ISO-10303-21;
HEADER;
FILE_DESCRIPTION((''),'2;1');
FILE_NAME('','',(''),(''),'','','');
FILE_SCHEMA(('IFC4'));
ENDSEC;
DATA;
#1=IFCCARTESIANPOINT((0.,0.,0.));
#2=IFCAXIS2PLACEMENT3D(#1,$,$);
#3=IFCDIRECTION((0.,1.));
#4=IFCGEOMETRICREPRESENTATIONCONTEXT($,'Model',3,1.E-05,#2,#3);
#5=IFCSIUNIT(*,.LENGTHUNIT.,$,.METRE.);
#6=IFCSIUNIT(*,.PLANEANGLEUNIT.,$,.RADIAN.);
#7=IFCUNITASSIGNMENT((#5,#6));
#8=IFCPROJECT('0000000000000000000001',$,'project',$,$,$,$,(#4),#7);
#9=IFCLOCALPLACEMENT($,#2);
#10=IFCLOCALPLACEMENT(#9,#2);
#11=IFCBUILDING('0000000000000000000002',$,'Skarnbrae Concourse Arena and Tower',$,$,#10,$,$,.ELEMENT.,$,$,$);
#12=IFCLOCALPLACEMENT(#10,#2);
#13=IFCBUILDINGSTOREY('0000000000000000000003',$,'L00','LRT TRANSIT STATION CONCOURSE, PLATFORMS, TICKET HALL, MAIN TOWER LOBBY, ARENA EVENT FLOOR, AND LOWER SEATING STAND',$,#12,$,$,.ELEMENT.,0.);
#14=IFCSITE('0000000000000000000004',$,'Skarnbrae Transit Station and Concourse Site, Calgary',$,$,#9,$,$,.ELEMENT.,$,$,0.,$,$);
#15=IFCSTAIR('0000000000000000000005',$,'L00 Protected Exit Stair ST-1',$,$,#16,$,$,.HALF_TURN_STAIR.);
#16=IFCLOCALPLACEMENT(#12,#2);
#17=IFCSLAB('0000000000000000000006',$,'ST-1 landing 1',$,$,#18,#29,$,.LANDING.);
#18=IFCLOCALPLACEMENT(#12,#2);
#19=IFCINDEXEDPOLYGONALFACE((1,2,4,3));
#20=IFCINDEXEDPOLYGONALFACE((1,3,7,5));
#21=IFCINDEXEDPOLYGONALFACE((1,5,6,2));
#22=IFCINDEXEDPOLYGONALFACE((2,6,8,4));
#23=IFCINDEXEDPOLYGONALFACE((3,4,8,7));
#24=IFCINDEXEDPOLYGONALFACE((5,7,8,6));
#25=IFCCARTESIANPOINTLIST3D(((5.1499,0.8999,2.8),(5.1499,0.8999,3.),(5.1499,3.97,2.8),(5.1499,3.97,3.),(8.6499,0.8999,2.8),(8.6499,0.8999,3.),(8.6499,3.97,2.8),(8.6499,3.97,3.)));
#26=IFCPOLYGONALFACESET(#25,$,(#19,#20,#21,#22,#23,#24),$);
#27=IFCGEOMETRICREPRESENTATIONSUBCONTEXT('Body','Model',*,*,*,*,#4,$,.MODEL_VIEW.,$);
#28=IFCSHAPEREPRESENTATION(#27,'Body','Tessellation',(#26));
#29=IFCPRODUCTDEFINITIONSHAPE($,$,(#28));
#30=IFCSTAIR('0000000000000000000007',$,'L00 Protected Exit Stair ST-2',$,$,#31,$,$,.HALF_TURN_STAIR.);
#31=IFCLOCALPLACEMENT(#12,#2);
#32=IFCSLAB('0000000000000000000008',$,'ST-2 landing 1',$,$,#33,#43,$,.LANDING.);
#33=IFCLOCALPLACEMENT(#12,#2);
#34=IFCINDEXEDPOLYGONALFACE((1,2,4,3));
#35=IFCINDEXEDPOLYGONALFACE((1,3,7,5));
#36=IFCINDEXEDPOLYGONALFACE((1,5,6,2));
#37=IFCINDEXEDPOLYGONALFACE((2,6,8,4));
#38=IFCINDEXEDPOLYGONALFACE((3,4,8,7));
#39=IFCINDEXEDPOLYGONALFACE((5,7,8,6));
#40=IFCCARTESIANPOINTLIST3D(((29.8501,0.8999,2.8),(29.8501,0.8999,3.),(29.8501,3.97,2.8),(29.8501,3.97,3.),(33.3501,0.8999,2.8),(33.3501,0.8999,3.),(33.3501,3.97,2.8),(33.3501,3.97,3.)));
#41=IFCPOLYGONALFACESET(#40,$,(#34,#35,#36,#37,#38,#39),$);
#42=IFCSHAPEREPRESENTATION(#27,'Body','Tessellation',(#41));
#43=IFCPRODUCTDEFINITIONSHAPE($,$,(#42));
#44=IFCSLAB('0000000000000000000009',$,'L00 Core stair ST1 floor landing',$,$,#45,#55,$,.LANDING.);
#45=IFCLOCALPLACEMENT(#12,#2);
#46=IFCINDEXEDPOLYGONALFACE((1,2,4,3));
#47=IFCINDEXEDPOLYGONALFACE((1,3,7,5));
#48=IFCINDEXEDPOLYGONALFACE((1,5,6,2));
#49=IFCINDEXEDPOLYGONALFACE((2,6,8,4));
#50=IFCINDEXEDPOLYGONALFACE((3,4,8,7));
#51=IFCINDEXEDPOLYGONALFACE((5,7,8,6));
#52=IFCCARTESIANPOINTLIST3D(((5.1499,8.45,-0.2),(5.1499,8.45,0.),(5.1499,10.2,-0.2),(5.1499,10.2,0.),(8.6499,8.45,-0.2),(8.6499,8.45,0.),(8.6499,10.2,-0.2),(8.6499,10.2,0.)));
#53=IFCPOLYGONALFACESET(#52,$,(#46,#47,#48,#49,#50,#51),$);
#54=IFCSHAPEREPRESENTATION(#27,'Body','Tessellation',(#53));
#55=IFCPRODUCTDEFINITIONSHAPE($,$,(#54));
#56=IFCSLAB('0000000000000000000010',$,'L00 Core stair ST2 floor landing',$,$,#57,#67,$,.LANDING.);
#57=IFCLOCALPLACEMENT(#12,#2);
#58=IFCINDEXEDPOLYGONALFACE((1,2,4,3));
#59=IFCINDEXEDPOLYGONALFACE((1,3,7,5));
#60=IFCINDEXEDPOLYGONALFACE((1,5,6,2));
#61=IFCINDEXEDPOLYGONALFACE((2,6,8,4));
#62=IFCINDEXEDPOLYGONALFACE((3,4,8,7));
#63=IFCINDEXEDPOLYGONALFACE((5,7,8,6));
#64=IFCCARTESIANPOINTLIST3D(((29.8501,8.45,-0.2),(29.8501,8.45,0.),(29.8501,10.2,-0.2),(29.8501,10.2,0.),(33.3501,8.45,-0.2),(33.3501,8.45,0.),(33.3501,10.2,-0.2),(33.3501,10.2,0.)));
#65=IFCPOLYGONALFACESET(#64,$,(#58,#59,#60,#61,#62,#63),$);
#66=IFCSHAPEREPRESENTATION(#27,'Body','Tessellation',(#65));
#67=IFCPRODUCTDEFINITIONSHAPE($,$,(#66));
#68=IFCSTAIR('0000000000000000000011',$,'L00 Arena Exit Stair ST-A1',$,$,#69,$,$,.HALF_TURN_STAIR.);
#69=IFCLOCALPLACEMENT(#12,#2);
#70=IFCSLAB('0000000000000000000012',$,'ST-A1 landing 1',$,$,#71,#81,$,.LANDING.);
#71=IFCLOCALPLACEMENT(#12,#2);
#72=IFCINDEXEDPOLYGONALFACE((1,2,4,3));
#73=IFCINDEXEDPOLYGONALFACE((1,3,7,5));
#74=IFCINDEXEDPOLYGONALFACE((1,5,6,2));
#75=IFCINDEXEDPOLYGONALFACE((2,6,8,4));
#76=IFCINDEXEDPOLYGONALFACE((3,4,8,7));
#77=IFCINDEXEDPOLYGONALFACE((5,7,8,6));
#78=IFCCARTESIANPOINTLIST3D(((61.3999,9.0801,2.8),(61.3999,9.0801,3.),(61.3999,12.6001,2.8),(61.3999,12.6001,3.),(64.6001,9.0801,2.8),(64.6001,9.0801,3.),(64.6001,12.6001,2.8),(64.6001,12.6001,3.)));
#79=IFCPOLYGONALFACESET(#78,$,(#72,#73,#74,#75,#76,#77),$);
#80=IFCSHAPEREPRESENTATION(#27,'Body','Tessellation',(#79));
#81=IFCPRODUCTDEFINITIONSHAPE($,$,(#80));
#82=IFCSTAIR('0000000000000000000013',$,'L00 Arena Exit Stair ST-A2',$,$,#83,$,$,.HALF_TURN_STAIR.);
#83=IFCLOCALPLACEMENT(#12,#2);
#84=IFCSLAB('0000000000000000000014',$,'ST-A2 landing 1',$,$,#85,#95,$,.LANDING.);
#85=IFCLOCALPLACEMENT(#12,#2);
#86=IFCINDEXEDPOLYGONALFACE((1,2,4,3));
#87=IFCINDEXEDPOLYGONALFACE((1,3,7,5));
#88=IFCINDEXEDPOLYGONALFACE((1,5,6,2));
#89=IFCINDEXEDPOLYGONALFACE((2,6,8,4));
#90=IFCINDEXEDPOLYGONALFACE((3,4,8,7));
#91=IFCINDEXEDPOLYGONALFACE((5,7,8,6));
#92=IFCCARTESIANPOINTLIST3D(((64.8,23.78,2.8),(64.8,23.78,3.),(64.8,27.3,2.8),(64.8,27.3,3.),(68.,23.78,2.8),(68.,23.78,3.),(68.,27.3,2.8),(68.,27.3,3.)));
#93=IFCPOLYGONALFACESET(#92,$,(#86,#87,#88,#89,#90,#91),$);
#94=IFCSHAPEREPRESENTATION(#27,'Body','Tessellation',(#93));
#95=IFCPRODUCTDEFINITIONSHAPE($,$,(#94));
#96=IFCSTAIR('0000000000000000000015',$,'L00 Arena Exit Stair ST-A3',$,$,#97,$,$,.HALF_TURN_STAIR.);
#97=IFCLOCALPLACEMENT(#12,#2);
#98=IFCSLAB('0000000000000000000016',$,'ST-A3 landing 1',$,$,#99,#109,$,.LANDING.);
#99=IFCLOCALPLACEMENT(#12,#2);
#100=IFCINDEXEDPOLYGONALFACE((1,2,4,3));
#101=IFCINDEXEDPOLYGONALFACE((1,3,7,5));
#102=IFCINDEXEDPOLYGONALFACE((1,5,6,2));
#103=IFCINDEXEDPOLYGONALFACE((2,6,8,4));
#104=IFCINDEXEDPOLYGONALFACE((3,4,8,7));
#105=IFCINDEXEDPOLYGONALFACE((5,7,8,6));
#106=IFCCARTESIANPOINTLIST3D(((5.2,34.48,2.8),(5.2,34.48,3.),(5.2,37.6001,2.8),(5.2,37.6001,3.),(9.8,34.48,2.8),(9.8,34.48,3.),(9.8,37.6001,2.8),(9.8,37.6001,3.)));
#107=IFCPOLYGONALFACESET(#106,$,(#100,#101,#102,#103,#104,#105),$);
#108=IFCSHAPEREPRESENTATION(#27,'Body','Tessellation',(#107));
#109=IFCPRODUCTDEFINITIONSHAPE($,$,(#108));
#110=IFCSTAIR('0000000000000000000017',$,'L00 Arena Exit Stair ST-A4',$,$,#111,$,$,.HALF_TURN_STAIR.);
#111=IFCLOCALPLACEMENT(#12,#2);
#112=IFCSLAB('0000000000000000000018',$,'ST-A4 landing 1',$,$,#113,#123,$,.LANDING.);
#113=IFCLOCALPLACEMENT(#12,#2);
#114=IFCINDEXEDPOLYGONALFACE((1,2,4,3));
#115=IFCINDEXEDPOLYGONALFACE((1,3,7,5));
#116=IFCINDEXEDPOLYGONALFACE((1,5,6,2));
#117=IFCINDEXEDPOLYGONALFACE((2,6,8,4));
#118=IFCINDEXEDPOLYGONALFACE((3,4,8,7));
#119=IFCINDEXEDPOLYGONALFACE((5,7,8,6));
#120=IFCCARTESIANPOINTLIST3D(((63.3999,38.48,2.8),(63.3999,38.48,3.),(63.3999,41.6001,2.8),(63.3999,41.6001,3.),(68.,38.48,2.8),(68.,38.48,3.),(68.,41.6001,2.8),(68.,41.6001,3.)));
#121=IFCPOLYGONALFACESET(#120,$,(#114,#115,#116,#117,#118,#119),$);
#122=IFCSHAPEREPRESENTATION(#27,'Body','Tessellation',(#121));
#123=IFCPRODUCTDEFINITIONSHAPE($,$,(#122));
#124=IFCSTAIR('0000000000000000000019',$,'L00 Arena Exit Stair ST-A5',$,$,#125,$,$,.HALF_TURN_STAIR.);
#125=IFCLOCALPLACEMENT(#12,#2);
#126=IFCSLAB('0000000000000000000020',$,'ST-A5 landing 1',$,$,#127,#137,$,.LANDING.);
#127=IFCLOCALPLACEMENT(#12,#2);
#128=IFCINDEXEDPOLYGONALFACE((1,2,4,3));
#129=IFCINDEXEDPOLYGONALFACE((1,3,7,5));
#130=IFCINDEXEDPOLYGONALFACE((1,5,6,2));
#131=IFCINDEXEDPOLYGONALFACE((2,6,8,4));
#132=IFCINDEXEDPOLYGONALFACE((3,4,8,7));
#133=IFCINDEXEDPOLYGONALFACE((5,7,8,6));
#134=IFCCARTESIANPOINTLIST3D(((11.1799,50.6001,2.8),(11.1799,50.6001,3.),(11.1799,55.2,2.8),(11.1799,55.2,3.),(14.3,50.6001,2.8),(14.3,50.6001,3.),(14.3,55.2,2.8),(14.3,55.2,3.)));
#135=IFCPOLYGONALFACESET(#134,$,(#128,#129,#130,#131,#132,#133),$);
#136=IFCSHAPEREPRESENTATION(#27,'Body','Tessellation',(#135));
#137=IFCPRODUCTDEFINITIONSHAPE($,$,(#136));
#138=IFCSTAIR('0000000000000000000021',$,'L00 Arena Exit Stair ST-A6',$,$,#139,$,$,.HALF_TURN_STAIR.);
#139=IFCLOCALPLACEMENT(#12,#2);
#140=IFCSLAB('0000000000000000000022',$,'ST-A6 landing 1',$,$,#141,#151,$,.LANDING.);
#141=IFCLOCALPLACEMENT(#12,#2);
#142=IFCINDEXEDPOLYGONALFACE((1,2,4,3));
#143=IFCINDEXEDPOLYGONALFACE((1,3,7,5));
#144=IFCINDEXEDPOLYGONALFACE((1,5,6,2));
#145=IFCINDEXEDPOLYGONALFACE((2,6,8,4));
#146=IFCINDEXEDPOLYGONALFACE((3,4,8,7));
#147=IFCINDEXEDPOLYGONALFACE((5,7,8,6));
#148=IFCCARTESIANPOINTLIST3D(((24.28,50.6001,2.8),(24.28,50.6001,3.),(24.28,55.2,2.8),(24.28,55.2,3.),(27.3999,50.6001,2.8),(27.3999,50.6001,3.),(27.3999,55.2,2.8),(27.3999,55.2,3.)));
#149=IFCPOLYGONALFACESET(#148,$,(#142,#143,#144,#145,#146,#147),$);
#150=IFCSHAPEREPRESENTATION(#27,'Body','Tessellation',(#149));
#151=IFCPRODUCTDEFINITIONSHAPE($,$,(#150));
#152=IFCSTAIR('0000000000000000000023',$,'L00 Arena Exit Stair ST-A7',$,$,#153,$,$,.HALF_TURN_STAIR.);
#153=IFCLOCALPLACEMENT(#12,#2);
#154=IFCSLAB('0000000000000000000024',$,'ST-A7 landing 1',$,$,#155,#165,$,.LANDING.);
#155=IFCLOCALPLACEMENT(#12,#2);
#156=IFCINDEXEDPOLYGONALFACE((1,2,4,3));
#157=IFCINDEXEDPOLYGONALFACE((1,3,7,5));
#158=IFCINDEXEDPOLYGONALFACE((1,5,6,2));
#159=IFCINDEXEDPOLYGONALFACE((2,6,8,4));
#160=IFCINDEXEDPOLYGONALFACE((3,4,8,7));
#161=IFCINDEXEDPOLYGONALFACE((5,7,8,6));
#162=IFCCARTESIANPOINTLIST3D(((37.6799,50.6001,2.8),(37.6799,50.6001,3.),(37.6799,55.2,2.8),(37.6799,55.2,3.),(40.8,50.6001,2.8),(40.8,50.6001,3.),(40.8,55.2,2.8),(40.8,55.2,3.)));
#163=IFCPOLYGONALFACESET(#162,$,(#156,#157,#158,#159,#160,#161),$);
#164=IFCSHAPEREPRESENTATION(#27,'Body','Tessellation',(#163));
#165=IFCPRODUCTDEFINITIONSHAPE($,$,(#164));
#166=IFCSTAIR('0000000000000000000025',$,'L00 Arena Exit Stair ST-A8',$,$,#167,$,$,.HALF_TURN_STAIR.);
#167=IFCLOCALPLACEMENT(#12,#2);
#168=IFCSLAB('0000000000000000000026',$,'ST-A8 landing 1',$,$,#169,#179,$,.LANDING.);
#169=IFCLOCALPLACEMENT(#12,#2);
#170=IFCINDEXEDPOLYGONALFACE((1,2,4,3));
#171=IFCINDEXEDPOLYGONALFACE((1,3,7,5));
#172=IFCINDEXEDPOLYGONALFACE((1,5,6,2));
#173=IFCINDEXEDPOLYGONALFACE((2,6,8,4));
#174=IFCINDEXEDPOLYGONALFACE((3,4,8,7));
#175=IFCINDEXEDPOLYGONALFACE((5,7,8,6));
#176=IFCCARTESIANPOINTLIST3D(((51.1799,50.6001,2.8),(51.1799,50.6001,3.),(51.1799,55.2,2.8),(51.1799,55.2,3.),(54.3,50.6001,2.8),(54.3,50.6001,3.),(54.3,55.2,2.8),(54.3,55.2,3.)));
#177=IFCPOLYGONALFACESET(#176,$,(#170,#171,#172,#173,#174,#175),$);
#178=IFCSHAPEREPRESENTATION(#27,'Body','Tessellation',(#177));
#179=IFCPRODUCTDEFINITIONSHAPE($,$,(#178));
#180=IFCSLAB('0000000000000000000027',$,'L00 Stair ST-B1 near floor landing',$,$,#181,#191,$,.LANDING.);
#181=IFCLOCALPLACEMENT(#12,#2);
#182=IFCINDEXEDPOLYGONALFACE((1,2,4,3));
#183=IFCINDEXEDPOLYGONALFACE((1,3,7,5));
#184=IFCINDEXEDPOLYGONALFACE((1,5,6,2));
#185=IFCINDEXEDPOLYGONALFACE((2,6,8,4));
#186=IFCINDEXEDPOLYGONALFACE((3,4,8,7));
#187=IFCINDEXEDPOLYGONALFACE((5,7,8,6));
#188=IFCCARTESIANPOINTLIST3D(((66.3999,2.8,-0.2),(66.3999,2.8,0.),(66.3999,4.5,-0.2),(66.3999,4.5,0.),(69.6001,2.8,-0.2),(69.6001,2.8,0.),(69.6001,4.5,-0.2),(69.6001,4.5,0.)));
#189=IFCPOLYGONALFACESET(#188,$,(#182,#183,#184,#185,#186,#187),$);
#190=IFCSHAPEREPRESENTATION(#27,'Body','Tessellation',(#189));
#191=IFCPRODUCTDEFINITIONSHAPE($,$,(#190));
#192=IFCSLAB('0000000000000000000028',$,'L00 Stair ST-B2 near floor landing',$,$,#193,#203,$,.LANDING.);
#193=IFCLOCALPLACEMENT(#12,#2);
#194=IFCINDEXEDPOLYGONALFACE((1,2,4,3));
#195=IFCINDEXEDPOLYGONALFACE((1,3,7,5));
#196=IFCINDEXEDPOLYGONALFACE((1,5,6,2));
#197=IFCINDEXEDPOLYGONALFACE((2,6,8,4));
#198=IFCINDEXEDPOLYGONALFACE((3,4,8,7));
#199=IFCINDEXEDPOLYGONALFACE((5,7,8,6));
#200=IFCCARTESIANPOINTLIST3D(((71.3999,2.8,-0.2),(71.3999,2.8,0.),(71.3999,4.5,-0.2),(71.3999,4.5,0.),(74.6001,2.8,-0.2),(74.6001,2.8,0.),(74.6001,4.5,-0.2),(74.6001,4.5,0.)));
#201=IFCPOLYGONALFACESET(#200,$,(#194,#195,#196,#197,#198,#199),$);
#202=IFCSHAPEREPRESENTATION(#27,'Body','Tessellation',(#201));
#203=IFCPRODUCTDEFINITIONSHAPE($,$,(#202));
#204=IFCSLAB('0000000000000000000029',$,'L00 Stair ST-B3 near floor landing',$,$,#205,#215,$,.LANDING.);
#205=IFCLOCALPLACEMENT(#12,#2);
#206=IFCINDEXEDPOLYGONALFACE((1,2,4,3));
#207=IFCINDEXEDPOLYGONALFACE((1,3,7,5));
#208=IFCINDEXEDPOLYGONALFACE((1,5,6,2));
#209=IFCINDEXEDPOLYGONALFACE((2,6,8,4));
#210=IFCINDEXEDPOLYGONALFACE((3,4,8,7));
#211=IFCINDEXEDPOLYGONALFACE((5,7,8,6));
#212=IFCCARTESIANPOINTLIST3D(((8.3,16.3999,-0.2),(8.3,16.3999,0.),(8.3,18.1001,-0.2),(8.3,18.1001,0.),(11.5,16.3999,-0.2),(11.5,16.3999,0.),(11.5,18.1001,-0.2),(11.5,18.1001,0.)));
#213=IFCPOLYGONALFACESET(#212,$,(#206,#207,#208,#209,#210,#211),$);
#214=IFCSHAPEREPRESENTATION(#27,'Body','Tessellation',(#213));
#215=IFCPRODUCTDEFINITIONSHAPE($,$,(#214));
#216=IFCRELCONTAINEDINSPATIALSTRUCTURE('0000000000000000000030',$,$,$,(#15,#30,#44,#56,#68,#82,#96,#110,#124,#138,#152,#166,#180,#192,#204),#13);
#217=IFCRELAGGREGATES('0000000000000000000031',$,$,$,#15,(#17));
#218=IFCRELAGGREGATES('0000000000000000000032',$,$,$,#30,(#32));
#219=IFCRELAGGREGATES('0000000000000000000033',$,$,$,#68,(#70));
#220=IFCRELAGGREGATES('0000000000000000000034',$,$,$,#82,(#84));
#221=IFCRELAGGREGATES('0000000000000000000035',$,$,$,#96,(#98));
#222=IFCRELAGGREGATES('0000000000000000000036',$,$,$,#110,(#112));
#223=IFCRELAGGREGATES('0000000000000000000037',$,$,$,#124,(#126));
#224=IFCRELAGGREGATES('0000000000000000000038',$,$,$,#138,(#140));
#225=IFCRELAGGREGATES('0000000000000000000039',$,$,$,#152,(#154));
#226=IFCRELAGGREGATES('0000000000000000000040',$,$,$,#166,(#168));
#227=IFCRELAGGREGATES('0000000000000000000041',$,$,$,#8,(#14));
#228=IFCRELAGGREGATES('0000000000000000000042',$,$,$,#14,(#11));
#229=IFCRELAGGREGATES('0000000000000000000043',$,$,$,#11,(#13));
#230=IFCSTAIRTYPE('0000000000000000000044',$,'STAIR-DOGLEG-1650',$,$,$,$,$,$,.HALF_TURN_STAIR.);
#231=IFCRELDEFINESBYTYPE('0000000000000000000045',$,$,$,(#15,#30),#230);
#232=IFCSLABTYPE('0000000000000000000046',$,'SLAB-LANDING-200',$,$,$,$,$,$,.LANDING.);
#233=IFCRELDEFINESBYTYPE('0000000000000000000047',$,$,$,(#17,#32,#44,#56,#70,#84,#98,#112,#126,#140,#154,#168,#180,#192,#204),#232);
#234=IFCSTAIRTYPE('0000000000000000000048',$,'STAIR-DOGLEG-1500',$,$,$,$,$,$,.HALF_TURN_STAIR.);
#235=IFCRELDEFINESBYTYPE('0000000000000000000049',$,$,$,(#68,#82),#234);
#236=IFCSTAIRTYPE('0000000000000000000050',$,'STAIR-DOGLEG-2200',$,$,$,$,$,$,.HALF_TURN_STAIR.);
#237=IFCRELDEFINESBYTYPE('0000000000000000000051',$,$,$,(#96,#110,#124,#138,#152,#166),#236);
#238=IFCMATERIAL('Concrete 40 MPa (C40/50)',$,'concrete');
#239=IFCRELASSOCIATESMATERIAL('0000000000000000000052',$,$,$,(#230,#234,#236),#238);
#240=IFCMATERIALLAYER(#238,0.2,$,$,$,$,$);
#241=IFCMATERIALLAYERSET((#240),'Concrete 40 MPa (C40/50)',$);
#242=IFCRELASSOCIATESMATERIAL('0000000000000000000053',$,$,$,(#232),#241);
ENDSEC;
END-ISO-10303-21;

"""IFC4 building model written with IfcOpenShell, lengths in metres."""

from ifc_helpers import new_model, si_unit, direction, frame, origin, place, context, subcontext, project, spatial, polyline, outline, extrude, material, layer, layer_set, type_object, element, aggregate, save


model = new_model("IFC4")

# Units and contexts
model_context = context("Model", 3, precision=1e-05, world=origin(), true_north=direction((0.0, 1.0)))
body_context = subcontext(model_context, "Body", "Model", "MODEL_VIEW")
ifc_project = project(units=[si_unit("LENGTHUNIT", "METRE"), si_unit("PLANEANGLEUNIT", "RADIAN")], contexts=[model_context])

# Site, building, storey
site_placement = place(None, origin())
site = spatial("IfcSite", under=ifc_project, at=site_placement, Name="Skarnbrae Transit Station and Concourse Site, Calgary", CompositionType="ELEMENT", RefElevation=0.0)
building_placement = place(site_placement, origin())
building = spatial("IfcBuilding", under=site, at=building_placement, Name="Skarnbrae Concourse Arena and Tower", CompositionType="ELEMENT")
storey_placement = place(building_placement, origin())
storey = spatial("IfcBuildingStorey", under=building, at=storey_placement, Name="L00", Description="LRT TRANSIT STATION CONCOURSE, PLATFORMS, TICKET HALL, MAIN TOWER LOBBY, ARENA EVENT FLOOR, AND LOWER SEATING STAND", CompositionType="ELEMENT", Elevation=0.0)

# Stairs, slabs
ifc_material_1 = material(Name="Concrete 40 MPa (C40/50)", Category="concrete")
stair_type_1 = type_object("IfcStairType", Name="STAIR-DOGLEG-1650", PredefinedType="HALF_TURN_STAIR", material=ifc_material_1)
stair_1_placement = place(storey_placement, origin())
stair_1 = element("IfcStair", 1, at=stair_1_placement, inside=storey, type_object=stair_type_1, Name="L00 Protected Exit Stair ST-1", PredefinedType="HALF_TURN_STAIR")
ifc_layer_1 = layer(ifc_material_1, 0.2)
ifc_layer_set_1 = layer_set([ifc_layer_1], Name="Concrete 40 MPa (C40/50)")
slab_type_1 = type_object("IfcSlabType", Name="SLAB-LANDING-200", PredefinedType="LANDING", material=ifc_layer_set_1)
slab_1_placement = place(storey_placement, frame((0.0, 0.0, 2.8)))
slab_1 = element("IfcSlab", 2, at=slab_1_placement, type_object=slab_type_1, Name="ST-1 landing 1", PredefinedType="LANDING", context=body_context, shape_type="SweptSolid", body=[
    extrude(outline(polyline([(5.1499, 3.97), (5.1499, 0.8999), (8.6499, 0.8999), (8.6499, 3.97), (5.1499, 3.97)])), origin(), (0.0, 0.0, 1.0), 0.2),
])
aggregate(stair_1, [slab_1])
stair_2_placement = place(storey_placement, origin())
stair_2 = element("IfcStair", 3, at=stair_2_placement, inside=storey, type_object=stair_type_1, Name="L00 Protected Exit Stair ST-2", PredefinedType="HALF_TURN_STAIR")
slab_2_placement = place(storey_placement, frame((0.0, 0.0, 2.8)))
slab_2 = element("IfcSlab", 4, at=slab_2_placement, type_object=slab_type_1, Name="ST-2 landing 1", PredefinedType="LANDING", context=body_context, shape_type="SweptSolid", body=[
    extrude(outline(polyline([(29.8501, 3.97), (29.8501, 0.8999), (33.3501, 0.8999), (33.3501, 3.97), (29.8501, 3.97)])), origin(), (0.0, 0.0, 1.0), 0.2),
])
aggregate(stair_2, [slab_2])

# Slabs
slab_3_placement = place(storey_placement, frame((0.0, 0.0, -0.2)))
element("IfcSlab", 5, at=slab_3_placement, inside=storey, type_object=slab_type_1, Name="L00 Core stair ST1 floor landing", PredefinedType="LANDING", context=body_context, shape_type="SweptSolid", body=[
    extrude(outline(polyline([(5.1499, 10.2), (5.1499, 8.45), (8.6499, 8.45), (8.6499, 10.2), (5.1499, 10.2)])), origin(), (0.0, 0.0, 1.0), 0.2),
])
slab_4_placement = place(storey_placement, frame((0.0, 0.0, -0.2)))
element("IfcSlab", 6, at=slab_4_placement, inside=storey, type_object=slab_type_1, Name="L00 Core stair ST2 floor landing", PredefinedType="LANDING", context=body_context, shape_type="SweptSolid", body=[
    extrude(outline(polyline([(29.8501, 10.2), (29.8501, 8.45), (33.3501, 8.45), (33.3501, 10.2), (29.8501, 10.2)])), origin(), (0.0, 0.0, 1.0), 0.2),
])

# Stairs, slabs
stair_type_2 = type_object("IfcStairType", Name="STAIR-DOGLEG-1500", PredefinedType="HALF_TURN_STAIR", material=ifc_material_1)
stair_3_placement = place(storey_placement, origin())
stair_3 = element("IfcStair", 7, at=stair_3_placement, inside=storey, type_object=stair_type_2, Name="L00 Arena Exit Stair ST-A1", PredefinedType="HALF_TURN_STAIR")
slab_5_placement = place(storey_placement, frame((0.0, 0.0, 2.8)))
slab_5 = element("IfcSlab", 8, at=slab_5_placement, type_object=slab_type_1, Name="ST-A1 landing 1", PredefinedType="LANDING", context=body_context, shape_type="SweptSolid", body=[
    extrude(outline(polyline([(64.6001, 9.0801), (64.6001, 12.6001), (61.3999, 12.6001), (61.3999, 9.0801), (64.6001, 9.0801)])), origin(), (0.0, 0.0, 1.0), 0.2),
])
aggregate(stair_3, [slab_5])
stair_4_placement = place(storey_placement, origin())
stair_4 = element("IfcStair", 9, at=stair_4_placement, inside=storey, type_object=stair_type_2, Name="L00 Arena Exit Stair ST-A2", PredefinedType="HALF_TURN_STAIR")
slab_6_placement = place(storey_placement, frame((0.0, 0.0, 2.8)))
slab_6 = element("IfcSlab", 10, at=slab_6_placement, type_object=slab_type_1, Name="ST-A2 landing 1", PredefinedType="LANDING", context=body_context, shape_type="SweptSolid", body=[
    extrude(outline(polyline([(68.0, 23.78), (68.0, 27.3), (64.8, 27.3), (64.8, 23.78), (68.0, 23.78)])), origin(), (0.0, 0.0, 1.0), 0.2),
])
aggregate(stair_4, [slab_6])
stair_type_3 = type_object("IfcStairType", Name="STAIR-DOGLEG-2200", PredefinedType="HALF_TURN_STAIR", material=ifc_material_1)
stair_5_placement = place(storey_placement, origin())
stair_5 = element("IfcStair", 11, at=stair_5_placement, inside=storey, type_object=stair_type_3, Name="L00 Arena Exit Stair ST-A3", PredefinedType="HALF_TURN_STAIR")
slab_7_placement = place(storey_placement, frame((0.0, 0.0, 2.8)))
slab_7 = element("IfcSlab", 12, at=slab_7_placement, type_object=slab_type_1, Name="ST-A3 landing 1", PredefinedType="LANDING", context=body_context, shape_type="SweptSolid", body=[
    extrude(outline(polyline([(9.8, 34.48), (9.8, 37.6001), (5.2, 37.6001), (5.2, 34.48), (9.8, 34.48)])), origin(), (0.0, 0.0, 1.0), 0.2),
])
aggregate(stair_5, [slab_7])
stair_6_placement = place(storey_placement, origin())
stair_6 = element("IfcStair", 13, at=stair_6_placement, inside=storey, type_object=stair_type_3, Name="L00 Arena Exit Stair ST-A4", PredefinedType="HALF_TURN_STAIR")
slab_8_placement = place(storey_placement, frame((0.0, 0.0, 2.8)))
slab_8 = element("IfcSlab", 14, at=slab_8_placement, type_object=slab_type_1, Name="ST-A4 landing 1", PredefinedType="LANDING", context=body_context, shape_type="SweptSolid", body=[
    extrude(outline(polyline([(68.0, 38.48), (68.0, 41.6001), (63.3999, 41.6001), (63.3999, 38.48), (68.0, 38.48)])), origin(), (0.0, 0.0, 1.0), 0.2),
])
aggregate(stair_6, [slab_8])
stair_7_placement = place(storey_placement, origin())
stair_7 = element("IfcStair", 15, at=stair_7_placement, inside=storey, type_object=stair_type_3, Name="L00 Arena Exit Stair ST-A5", PredefinedType="HALF_TURN_STAIR")
slab_9_placement = place(storey_placement, frame((0.0, 0.0, 2.8)))
slab_9 = element("IfcSlab", 16, at=slab_9_placement, type_object=slab_type_1, Name="ST-A5 landing 1", PredefinedType="LANDING", context=body_context, shape_type="SweptSolid", body=[
    extrude(outline(polyline([(11.1799, 50.6001), (14.3, 50.6001), (14.3, 55.2), (11.1799, 55.2), (11.1799, 50.6001)])), origin(), (0.0, 0.0, 1.0), 0.2),
])
aggregate(stair_7, [slab_9])
stair_8_placement = place(storey_placement, origin())
stair_8 = element("IfcStair", 17, at=stair_8_placement, inside=storey, type_object=stair_type_3, Name="L00 Arena Exit Stair ST-A6", PredefinedType="HALF_TURN_STAIR")
slab_10_placement = place(storey_placement, frame((0.0, 0.0, 2.8)))
slab_10 = element("IfcSlab", 18, at=slab_10_placement, type_object=slab_type_1, Name="ST-A6 landing 1", PredefinedType="LANDING", context=body_context, shape_type="SweptSolid", body=[
    extrude(outline(polyline([(24.28, 50.6001), (27.3999, 50.6001), (27.3999, 55.2), (24.28, 55.2), (24.28, 50.6001)])), origin(), (0.0, 0.0, 1.0), 0.2),
])
aggregate(stair_8, [slab_10])
stair_9_placement = place(storey_placement, origin())
stair_9 = element("IfcStair", 19, at=stair_9_placement, inside=storey, type_object=stair_type_3, Name="L00 Arena Exit Stair ST-A7", PredefinedType="HALF_TURN_STAIR")
slab_11_placement = place(storey_placement, frame((0.0, 0.0, 2.8)))
slab_11 = element("IfcSlab", 20, at=slab_11_placement, type_object=slab_type_1, Name="ST-A7 landing 1", PredefinedType="LANDING", context=body_context, shape_type="SweptSolid", body=[
    extrude(outline(polyline([(37.6799, 50.6001), (40.8, 50.6001), (40.8, 55.2), (37.6799, 55.2), (37.6799, 50.6001)])), origin(), (0.0, 0.0, 1.0), 0.2),
])
aggregate(stair_9, [slab_11])
stair_10_placement = place(storey_placement, origin())
stair_10 = element("IfcStair", 21, at=stair_10_placement, inside=storey, type_object=stair_type_3, Name="L00 Arena Exit Stair ST-A8", PredefinedType="HALF_TURN_STAIR")
slab_12_placement = place(storey_placement, frame((0.0, 0.0, 2.8)))
slab_12 = element("IfcSlab", 22, at=slab_12_placement, type_object=slab_type_1, Name="ST-A8 landing 1", PredefinedType="LANDING", context=body_context, shape_type="SweptSolid", body=[
    extrude(outline(polyline([(51.1799, 50.6001), (54.3, 50.6001), (54.3, 55.2), (51.1799, 55.2), (51.1799, 50.6001)])), origin(), (0.0, 0.0, 1.0), 0.2),
])
aggregate(stair_10, [slab_12])

# Slabs
slab_13_placement = place(storey_placement, frame((0.0, 0.0, -0.2)))
element("IfcSlab", 23, at=slab_13_placement, inside=storey, type_object=slab_type_1, Name="L00 Stair ST-B1 near floor landing", PredefinedType="LANDING", context=body_context, shape_type="SweptSolid", body=[
    extrude(outline(polyline([(69.6001, 2.8), (69.6001, 4.5), (66.3999, 4.5), (66.3999, 2.8), (69.6001, 2.8)])), origin(), (0.0, 0.0, 1.0), 0.2),
])
slab_14_placement = place(storey_placement, frame((0.0, 0.0, -0.2)))
element("IfcSlab", 24, at=slab_14_placement, inside=storey, type_object=slab_type_1, Name="L00 Stair ST-B2 near floor landing", PredefinedType="LANDING", context=body_context, shape_type="SweptSolid", body=[
    extrude(outline(polyline([(74.6001, 2.8), (74.6001, 4.5), (71.3999, 4.5), (71.3999, 2.8), (74.6001, 2.8)])), origin(), (0.0, 0.0, 1.0), 0.2),
])
slab_15_placement = place(storey_placement, frame((0.0, 0.0, -0.2)))
element("IfcSlab", 25, at=slab_15_placement, inside=storey, type_object=slab_type_1, Name="L00 Stair ST-B3 near floor landing", PredefinedType="LANDING", context=body_context, shape_type="SweptSolid", body=[
    extrude(outline(polyline([(11.5, 16.3999), (11.5, 18.1001), (8.3, 18.1001), (8.3, 16.3999), (11.5, 16.3999)])), origin(), (0.0, 0.0, 1.0), 0.2),
])

save(model, "model.ifc")
